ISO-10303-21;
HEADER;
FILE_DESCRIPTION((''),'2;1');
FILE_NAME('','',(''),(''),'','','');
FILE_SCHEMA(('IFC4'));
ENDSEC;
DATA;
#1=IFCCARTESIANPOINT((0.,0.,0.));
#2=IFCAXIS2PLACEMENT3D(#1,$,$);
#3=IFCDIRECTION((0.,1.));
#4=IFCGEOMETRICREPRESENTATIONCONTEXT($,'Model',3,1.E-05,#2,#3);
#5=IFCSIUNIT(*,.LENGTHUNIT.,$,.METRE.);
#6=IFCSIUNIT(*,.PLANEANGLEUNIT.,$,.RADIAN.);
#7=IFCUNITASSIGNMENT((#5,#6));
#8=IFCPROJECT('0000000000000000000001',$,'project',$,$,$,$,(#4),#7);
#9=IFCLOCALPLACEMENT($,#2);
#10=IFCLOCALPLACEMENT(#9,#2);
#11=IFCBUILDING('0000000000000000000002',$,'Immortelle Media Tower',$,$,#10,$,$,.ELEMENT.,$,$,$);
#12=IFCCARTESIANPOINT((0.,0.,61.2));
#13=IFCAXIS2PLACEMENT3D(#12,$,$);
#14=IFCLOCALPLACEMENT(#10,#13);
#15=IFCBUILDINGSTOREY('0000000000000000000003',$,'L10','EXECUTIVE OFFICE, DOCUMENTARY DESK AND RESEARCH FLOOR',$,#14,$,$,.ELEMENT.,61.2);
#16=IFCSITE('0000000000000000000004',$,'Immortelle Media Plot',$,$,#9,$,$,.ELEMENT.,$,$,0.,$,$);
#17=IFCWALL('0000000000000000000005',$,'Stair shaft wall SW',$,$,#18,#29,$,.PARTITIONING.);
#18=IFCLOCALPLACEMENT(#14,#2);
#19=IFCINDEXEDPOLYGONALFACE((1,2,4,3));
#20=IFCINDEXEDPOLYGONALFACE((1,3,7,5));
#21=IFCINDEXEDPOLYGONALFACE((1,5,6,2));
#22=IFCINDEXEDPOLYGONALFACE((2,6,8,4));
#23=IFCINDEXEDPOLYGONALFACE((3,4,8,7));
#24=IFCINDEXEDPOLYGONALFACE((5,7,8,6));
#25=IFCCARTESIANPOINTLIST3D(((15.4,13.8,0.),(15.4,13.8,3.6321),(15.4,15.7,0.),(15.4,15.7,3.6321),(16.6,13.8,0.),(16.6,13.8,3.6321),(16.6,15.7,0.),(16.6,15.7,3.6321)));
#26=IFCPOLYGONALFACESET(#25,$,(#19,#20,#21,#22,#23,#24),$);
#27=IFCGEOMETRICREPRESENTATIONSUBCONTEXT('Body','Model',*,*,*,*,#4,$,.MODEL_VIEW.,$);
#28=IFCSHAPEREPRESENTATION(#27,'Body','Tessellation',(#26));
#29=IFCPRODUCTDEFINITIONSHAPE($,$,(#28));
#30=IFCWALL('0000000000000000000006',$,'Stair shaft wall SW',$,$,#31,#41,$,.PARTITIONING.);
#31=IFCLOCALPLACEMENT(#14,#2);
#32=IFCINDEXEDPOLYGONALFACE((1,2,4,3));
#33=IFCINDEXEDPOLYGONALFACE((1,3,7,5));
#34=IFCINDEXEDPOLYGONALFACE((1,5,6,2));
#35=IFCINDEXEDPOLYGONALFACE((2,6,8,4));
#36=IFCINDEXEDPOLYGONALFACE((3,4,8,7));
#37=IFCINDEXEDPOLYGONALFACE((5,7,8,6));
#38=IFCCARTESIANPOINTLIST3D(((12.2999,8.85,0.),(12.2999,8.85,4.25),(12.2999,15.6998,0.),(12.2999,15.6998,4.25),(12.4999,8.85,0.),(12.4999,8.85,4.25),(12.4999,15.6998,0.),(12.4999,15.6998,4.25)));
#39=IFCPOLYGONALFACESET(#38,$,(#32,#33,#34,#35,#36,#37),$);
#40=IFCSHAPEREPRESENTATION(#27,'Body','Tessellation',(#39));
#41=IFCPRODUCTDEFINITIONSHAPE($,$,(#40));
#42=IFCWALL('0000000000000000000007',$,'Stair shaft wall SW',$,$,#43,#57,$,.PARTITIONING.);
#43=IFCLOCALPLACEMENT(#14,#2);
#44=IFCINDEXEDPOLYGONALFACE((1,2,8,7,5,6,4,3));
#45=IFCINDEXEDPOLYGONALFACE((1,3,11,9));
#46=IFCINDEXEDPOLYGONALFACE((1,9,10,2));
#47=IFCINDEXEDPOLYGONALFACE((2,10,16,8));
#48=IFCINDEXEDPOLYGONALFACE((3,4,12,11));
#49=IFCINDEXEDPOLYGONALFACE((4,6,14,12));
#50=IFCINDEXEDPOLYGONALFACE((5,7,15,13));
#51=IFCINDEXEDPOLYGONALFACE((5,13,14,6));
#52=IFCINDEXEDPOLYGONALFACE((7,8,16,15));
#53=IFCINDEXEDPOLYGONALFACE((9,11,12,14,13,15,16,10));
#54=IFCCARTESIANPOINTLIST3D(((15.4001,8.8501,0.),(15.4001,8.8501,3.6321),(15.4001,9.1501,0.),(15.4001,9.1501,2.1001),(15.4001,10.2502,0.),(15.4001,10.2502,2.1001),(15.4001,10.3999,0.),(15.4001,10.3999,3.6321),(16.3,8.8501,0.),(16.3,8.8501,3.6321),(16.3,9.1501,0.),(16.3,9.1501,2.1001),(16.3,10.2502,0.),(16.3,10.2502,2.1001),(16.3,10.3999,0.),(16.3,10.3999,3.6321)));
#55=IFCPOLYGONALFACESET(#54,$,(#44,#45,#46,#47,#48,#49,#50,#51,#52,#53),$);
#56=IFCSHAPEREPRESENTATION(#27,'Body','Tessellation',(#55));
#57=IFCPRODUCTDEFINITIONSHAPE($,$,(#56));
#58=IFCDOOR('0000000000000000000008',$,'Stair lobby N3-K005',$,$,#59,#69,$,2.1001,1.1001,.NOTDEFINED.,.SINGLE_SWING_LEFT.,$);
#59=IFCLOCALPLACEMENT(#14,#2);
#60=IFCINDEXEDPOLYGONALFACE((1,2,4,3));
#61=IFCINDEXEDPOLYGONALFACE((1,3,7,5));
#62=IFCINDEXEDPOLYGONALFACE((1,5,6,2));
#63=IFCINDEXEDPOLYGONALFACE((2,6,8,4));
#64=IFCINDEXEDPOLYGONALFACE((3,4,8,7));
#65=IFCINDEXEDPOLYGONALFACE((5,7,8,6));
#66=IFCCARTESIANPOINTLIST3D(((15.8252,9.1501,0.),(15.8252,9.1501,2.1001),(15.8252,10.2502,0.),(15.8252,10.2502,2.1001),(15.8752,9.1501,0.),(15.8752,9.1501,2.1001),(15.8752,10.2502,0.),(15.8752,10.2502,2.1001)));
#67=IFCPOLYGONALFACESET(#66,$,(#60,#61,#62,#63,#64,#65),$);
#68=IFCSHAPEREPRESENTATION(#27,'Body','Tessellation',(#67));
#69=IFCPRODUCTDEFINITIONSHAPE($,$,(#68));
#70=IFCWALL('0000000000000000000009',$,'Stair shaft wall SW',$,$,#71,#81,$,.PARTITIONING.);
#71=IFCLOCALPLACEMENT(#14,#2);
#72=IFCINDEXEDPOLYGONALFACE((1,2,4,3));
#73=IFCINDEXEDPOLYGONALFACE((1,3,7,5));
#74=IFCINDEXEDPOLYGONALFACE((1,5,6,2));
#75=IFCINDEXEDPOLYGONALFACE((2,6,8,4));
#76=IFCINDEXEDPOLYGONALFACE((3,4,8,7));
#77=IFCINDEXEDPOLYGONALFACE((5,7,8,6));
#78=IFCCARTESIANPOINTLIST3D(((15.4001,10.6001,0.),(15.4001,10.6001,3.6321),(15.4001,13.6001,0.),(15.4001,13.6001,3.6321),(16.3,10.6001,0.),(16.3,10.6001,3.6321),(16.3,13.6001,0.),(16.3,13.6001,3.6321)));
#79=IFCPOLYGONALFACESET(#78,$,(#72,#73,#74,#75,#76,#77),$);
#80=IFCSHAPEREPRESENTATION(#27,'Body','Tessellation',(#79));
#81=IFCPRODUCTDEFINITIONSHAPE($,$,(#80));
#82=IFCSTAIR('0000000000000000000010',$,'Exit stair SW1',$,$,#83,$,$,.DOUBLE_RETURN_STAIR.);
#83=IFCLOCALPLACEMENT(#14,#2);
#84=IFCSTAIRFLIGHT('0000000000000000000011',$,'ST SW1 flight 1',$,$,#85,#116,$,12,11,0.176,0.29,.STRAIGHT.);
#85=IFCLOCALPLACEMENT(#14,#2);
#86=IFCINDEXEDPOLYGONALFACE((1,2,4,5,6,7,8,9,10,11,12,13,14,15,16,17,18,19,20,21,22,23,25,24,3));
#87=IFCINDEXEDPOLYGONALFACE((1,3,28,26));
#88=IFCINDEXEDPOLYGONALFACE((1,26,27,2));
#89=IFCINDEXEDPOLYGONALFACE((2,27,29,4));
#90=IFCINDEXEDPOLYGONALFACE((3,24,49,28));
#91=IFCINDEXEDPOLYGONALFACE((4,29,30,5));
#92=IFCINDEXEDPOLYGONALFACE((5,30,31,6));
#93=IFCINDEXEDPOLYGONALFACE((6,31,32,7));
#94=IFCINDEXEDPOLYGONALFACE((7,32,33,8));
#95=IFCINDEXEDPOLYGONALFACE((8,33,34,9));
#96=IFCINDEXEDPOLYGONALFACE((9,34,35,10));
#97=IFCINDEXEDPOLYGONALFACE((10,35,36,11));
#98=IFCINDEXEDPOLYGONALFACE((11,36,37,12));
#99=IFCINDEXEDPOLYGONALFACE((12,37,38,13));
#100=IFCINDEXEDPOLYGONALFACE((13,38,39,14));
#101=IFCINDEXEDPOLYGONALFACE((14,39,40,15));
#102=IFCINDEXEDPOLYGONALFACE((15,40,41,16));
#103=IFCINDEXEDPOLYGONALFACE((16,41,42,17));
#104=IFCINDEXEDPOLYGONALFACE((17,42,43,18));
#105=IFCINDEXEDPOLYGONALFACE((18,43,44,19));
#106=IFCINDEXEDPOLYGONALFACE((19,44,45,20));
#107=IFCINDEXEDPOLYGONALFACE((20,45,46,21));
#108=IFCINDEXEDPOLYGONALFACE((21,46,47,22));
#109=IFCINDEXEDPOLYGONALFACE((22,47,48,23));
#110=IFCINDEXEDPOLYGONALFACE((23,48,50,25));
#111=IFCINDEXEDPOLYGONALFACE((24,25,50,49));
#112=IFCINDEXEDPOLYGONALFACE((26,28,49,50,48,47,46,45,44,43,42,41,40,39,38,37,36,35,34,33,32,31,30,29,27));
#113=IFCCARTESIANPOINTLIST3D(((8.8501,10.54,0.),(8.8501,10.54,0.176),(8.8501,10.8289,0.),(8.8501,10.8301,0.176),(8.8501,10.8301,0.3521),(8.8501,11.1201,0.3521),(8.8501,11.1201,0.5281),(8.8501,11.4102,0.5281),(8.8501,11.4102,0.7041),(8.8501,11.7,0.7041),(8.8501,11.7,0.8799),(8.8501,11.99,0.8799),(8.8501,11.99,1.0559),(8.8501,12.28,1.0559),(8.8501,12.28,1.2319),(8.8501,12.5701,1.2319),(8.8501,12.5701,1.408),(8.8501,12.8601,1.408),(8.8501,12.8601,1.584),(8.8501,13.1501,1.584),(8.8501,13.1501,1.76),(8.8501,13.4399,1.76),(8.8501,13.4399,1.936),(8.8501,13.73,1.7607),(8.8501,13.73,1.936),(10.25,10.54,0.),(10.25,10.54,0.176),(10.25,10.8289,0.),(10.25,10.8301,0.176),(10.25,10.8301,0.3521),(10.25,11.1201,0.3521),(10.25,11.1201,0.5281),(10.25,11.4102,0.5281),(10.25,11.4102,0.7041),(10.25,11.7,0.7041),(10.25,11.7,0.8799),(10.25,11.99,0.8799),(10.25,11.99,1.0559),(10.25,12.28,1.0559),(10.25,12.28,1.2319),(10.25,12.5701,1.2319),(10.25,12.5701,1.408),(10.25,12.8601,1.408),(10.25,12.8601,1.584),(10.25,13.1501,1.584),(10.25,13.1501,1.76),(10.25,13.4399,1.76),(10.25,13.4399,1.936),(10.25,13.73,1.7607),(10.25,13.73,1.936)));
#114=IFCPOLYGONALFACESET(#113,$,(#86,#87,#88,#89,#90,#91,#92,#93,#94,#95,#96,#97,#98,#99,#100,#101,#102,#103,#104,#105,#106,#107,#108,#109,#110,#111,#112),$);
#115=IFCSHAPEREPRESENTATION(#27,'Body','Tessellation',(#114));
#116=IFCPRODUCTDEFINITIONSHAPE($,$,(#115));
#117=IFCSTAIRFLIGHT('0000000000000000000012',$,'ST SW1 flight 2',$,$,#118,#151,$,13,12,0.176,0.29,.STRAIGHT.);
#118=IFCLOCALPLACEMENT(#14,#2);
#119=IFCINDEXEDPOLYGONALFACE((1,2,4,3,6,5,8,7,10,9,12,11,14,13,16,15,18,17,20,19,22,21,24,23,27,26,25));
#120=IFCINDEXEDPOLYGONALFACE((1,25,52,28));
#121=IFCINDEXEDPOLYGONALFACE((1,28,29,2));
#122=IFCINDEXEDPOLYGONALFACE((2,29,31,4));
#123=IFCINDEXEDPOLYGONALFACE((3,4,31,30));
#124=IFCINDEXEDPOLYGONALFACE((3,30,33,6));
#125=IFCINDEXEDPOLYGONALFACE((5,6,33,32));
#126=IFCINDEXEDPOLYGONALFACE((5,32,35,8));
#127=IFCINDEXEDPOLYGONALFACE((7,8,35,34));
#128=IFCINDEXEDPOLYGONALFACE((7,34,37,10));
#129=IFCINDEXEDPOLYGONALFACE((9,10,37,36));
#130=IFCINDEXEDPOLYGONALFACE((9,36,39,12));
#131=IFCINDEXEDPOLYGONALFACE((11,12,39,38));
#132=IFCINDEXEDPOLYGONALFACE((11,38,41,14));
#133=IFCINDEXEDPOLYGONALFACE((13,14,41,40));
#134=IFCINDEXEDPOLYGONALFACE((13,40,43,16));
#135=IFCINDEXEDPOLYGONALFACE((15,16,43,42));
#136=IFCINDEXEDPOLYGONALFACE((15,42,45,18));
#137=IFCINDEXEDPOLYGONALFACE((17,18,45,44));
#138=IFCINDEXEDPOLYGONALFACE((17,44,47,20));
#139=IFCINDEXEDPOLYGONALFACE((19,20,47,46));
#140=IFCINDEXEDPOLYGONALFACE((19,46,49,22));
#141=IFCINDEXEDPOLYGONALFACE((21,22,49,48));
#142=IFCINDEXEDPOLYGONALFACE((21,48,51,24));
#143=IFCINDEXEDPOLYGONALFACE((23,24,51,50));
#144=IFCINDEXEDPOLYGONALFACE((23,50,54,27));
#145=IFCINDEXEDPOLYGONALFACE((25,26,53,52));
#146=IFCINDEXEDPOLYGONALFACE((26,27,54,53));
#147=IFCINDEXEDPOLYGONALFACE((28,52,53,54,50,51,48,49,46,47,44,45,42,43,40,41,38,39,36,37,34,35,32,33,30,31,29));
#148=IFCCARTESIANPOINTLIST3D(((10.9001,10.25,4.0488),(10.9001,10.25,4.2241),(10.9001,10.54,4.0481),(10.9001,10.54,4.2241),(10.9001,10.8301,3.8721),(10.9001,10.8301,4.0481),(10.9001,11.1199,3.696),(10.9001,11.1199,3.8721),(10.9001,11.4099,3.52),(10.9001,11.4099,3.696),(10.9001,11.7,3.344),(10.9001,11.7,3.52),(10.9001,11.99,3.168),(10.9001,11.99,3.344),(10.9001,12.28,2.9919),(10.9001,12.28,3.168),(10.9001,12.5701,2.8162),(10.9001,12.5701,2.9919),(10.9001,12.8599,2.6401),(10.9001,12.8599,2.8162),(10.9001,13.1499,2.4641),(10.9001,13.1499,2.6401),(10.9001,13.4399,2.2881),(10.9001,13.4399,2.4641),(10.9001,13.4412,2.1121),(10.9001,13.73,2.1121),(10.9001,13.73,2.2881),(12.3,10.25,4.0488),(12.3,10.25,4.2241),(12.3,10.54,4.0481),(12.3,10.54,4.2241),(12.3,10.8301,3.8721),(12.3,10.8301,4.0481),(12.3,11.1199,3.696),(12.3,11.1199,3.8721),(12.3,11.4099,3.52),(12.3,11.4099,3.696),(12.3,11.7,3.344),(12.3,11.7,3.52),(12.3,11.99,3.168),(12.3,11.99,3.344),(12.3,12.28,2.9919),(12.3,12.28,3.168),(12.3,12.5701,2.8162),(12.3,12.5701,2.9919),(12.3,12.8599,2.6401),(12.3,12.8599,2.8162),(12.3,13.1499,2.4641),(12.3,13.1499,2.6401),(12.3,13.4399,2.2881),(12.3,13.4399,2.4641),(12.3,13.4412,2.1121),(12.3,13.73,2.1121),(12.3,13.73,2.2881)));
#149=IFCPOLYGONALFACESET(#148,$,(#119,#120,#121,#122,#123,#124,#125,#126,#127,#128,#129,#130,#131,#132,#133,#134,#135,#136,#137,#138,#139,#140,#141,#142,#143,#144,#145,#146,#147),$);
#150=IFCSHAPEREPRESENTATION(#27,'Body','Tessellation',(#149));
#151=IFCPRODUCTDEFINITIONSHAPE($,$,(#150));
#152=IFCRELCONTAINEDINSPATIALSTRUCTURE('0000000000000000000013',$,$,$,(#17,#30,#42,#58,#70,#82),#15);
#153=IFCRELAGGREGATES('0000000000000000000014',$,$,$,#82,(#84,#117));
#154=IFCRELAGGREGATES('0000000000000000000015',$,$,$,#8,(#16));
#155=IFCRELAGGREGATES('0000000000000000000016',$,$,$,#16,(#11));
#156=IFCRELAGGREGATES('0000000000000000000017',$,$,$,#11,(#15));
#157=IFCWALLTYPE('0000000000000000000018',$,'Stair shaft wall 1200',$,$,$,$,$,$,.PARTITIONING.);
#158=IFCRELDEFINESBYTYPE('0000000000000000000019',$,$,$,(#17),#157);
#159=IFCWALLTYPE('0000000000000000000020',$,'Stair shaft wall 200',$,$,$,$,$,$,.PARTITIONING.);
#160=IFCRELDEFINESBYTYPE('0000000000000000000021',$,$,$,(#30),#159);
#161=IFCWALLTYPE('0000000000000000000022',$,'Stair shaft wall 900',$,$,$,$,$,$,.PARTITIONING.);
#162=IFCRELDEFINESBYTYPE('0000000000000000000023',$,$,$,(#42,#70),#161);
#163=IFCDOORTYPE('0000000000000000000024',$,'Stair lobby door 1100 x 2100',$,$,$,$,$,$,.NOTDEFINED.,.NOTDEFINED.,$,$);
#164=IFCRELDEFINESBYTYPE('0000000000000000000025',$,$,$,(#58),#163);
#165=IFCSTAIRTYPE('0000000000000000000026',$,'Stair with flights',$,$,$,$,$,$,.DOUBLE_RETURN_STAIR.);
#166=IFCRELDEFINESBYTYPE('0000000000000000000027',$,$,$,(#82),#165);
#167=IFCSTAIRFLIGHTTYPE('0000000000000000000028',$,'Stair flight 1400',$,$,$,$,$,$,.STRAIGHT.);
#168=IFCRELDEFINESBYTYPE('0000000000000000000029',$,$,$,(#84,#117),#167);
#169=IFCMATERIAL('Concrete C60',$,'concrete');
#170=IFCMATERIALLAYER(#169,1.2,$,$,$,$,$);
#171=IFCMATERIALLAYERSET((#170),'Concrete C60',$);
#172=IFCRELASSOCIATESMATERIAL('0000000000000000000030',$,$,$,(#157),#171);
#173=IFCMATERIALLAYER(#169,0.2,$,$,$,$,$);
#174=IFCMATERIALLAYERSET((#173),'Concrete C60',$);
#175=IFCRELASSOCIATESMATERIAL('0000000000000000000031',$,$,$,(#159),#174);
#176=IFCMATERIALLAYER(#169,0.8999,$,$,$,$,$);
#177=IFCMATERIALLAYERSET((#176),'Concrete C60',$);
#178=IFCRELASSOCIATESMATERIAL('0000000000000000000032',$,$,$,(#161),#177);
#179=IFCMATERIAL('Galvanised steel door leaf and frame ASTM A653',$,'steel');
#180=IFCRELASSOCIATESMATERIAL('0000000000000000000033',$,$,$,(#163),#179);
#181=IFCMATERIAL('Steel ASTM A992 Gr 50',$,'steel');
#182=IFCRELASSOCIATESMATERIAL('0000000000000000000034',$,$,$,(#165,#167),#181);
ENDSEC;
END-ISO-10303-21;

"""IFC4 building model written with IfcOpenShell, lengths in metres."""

from ifc_helpers import new_model, si_unit, direction, frame, frame_2d, origin, place, context, subcontext, project, spatial, polyline, rectangle, outline, extrude, material, layer, layer_set, type_object, element, fill, aggregate, save


model = new_model("IFC4")

# Units and contexts
model_context = context("Model", 3, precision=1e-05, world=origin(), true_north=direction((0.0, 1.0)))
body_context = subcontext(model_context, "Body", "Model", "MODEL_VIEW")
ifc_project = project(units=[si_unit("LENGTHUNIT", "METRE"), si_unit("PLANEANGLEUNIT", "RADIAN")], contexts=[model_context])

# Site, building, storey
site_placement = place(None, origin())
site = spatial("IfcSite", under=ifc_project, at=site_placement, Name="Immortelle Media Plot", CompositionType="ELEMENT", RefElevation=0.0)
building_placement = place(site_placement, origin())
building = spatial("IfcBuilding", under=site, at=building_placement, Name="Immortelle Media Tower", CompositionType="ELEMENT")
storey_placement = place(building_placement, frame((0.0, 0.0, 61.2)))
storey = spatial("IfcBuildingStorey", under=building, at=storey_placement, Name="L10", Description="EXECUTIVE OFFICE, DOCUMENTARY DESK AND RESEARCH FLOOR", CompositionType="ELEMENT", Elevation=61.2)

# Shared definitions
ifc_material_1 = material(Name="Steel ASTM A992 Gr 50", Category="steel")

# Walls
ifc_material_2 = material(Name="Concrete C60", Category="concrete")
ifc_layer_1 = layer(ifc_material_2, 1.2)
ifc_layer_set_1 = layer_set([ifc_layer_1], Name="Concrete C60")
wall_type_1 = type_object("IfcWallType", Name="Stair shaft wall 1200", PredefinedType="PARTITIONING", material=ifc_layer_set_1)
wall_1_placement = place(storey_placement, frame((16.0, 13.8, 0.0), z_axis=(0.0, 0.0, 1.0), x_axis=(0.0, 1.0, 0.0)))
element("IfcWall", 1, at=wall_1_placement, inside=storey, type_object=wall_type_1, Name="Stair shaft wall SW", PredefinedType="PARTITIONING", context=body_context, shape_type="SweptSolid", body=[
    extrude(rectangle(XDim=1.8999, YDim=1.2, at=frame_2d((0.95, 0.0))), origin(), (0.0, 0.0, 1.0), 3.6321),
])
ifc_layer_2 = layer(ifc_material_2, 0.2)
ifc_layer_set_2 = layer_set([ifc_layer_2], Name="Concrete C60")
wall_type_2 = type_object("IfcWallType", Name="Stair shaft wall 200", PredefinedType="PARTITIONING", material=ifc_layer_set_2)
wall_2_placement = place(storey_placement, frame((12.3999, 8.8501, 0.0), z_axis=(0.0, 0.0, 1.0), x_axis=(0.0, 1.0, 0.0)))
element("IfcWall", 2, at=wall_2_placement, inside=storey, type_object=wall_type_2, Name="Stair shaft wall SW", PredefinedType="PARTITIONING", context=body_context, shape_type="SweptSolid", body=[
    extrude(rectangle(XDim=6.8499, YDim=0.2, at=frame_2d((3.4248, 0.0))), origin(), (0.0, 0.0, 1.0), 4.25),
])

# Wall, opening, door
ifc_layer_3 = layer(ifc_material_2, 0.8999)
ifc_layer_set_3 = layer_set([ifc_layer_3], Name="Concrete C60")
wall_type_3 = type_object("IfcWallType", Name="Stair shaft wall 900", PredefinedType="PARTITIONING", material=ifc_layer_set_3)
wall_3_placement = place(storey_placement, frame((15.8501, 8.8501, 0.0), z_axis=(0.0, 0.0, 1.0), x_axis=(0.0, 1.0, 0.0)))
wall_3 = element("IfcWall", 3, at=wall_3_placement, inside=storey, type_object=wall_type_3, Name="Stair shaft wall SW", PredefinedType="PARTITIONING", context=body_context, shape_type="SweptSolid", body=[
    extrude(rectangle(XDim=1.5498, YDim=0.8999, at=frame_2d((0.7749, 0.0))), origin(), (0.0, 0.0, 1.0), 3.6321),
])
opening_1_placement = place(wall_3_placement, frame((0.3, 0.0, 0.0)))
opening_1 = element("IfcOpeningElement", 4, at=opening_1_placement, cuts=wall_3, PredefinedType="OPENING", context=body_context, shape_type="SweptSolid", body=[
    extrude(rectangle(XDim=1.1001, YDim=2.1001, at=frame_2d((0.55, 1.05))), frame((0.0, 0.46, 0.0), z_axis=(0.0, -1.0, 0.0), x_axis=(1.0, 0.0, 0.0)), (0.0, 0.0, 1.0), 0.9199),
])
ifc_material_3 = material(Name="Galvanised steel door leaf and frame ASTM A653", Category="steel")
door_type_1 = type_object("IfcDoorType", Name="Stair lobby door 1100 x 2100", OperationType="NOTDEFINED", PredefinedType="NOTDEFINED", material=ifc_material_3)
door_1_placement = place(opening_1_placement, origin())
door_1 = element("IfcDoor", 5, at=door_1_placement, inside=storey, type_object=door_type_1, Name="Stair lobby N3-K005", OperationType="SINGLE_SWING_LEFT", OverallHeight=2.1001, OverallWidth=1.1001, PredefinedType="NOTDEFINED", context=body_context, shape_type="SweptSolid", body=[
    extrude(rectangle(XDim=1.1001, YDim=2.1001, at=frame_2d((0.55, 1.05))), frame((0.0, 0.0249, 0.0), z_axis=(0.0, -1.0, 0.0), x_axis=(1.0, 0.0, 0.0)), (0.0, 0.0, 1.0), 0.05),
])
fill(opening_1, door_1)

# Wall
wall_4_placement = place(storey_placement, frame((15.8501, 10.6001, 0.0), z_axis=(0.0, 0.0, 1.0), x_axis=(0.0, 1.0, 0.0)))
element("IfcWall", 6, at=wall_4_placement, inside=storey, type_object=wall_type_3, Name="Stair shaft wall SW", PredefinedType="PARTITIONING", context=body_context, shape_type="SweptSolid", body=[
    extrude(rectangle(XDim=3.0, YDim=0.8999, at=frame_2d((1.5, 0.0))), origin(), (0.0, 0.0, 1.0), 3.6321),
])

# Stair, stair flights
stair_type = type_object("IfcStairType", Name="Stair with flights", PredefinedType="DOUBLE_RETURN_STAIR", material=ifc_material_1)
stair_1_placement = place(storey_placement, origin())
stair_1 = element("IfcStair", 7, at=stair_1_placement, inside=storey, type_object=stair_type, Name="Exit stair SW1", PredefinedType="DOUBLE_RETURN_STAIR")
stair_flight_type = type_object("IfcStairFlightType", Name="Stair flight 1400", PredefinedType="STRAIGHT", material=ifc_material_1)
stair_flight_1_placement = place(storey_placement, frame((9.55, 10.54, 0.0), z_axis=(0.0, 0.0, 1.0), x_axis=(0.0, 1.0, 0.0)))
stair_flight_1 = element("IfcStairFlight", 8, at=stair_flight_1_placement, type_object=stair_flight_type, Name="ST SW1 flight 1", NumberOfRisers=12, NumberOfTreads=11, PredefinedType="STRAIGHT", RiserHeight=0.176, TreadLength=0.29, context=body_context, shape_type="SweptSolid", body=[
    extrude(outline(polyline([(0.0, 0.0), (0.0, 0.176), (0.29, 0.176), (0.29, 0.3521), (0.5801, 0.3521), (0.5801, 0.5281), (0.8701, 0.5281), (0.8701, 0.7041), (1.1599, 0.7041), (1.1599, 0.8799), (1.45, 0.8799), (1.45, 1.0559), (1.74, 1.0559), (1.74, 1.2319), (2.03, 1.2319), (2.03, 1.408), (2.3201, 1.408), (2.3201, 1.584), (2.6101, 1.584), (2.6101, 1.76), (2.8999, 1.76), (2.8999, 1.936), (3.1899, 1.936), (3.1899, 2.1121), (3.1899, 1.7607), (0.2888, 0.0), (0.0, 0.0)])), frame((0.0, 0.7, 0.0), z_axis=(0.0, -1.0, 0.0), x_axis=(1.0, 0.0, 0.0)), (0.0, 0.0, 1.0), 1.3999),
])
stair_flight_2_placement = place(storey_placement, frame((11.6001, 13.73, 2.1121), z_axis=(0.0, 0.0, 1.0), x_axis=(0.0, -1.0, 0.0)))
stair_flight_2 = element("IfcStairFlight", 9, at=stair_flight_2_placement, type_object=stair_flight_type, Name="ST SW1 flight 2", NumberOfRisers=13, NumberOfTreads=12, PredefinedType="STRAIGHT", RiserHeight=0.176, TreadLength=0.29, context=body_context, shape_type="SweptSolid", body=[
    extrude(outline(polyline([(0.0, 0.0), (0.0, 0.176), (0.29, 0.176), (0.29, 0.3521), (0.5801, 0.3521), (0.5801, 0.5281), (0.8701, 0.5281), (0.8701, 0.7041), (1.1599, 0.7041), (1.1599, 0.8799), (1.45, 0.8799), (1.45, 1.0559), (1.74, 1.0559), (1.74, 1.2319), (2.03, 1.2319), (2.03, 1.408), (2.3201, 1.408), (2.3201, 1.584), (2.6101, 1.584), (2.6101, 1.76), (2.8999, 1.76), (2.8999, 1.936), (3.1899, 1.936), (3.1899, 2.1121), (3.48, 2.1121), (3.48, 2.2881), (3.48, 1.9368), (0.2888, 0.0), (0.0, 0.0)])), frame((0.0, 0.7, 0.0), z_axis=(0.0, -1.0, 0.0), x_axis=(1.0, 0.0, 0.0)), (0.0, 0.0, 1.0), 1.3999),
])
aggregate(stair_1, [stair_flight_1, stair_flight_2])

save(model, "model.ifc")
